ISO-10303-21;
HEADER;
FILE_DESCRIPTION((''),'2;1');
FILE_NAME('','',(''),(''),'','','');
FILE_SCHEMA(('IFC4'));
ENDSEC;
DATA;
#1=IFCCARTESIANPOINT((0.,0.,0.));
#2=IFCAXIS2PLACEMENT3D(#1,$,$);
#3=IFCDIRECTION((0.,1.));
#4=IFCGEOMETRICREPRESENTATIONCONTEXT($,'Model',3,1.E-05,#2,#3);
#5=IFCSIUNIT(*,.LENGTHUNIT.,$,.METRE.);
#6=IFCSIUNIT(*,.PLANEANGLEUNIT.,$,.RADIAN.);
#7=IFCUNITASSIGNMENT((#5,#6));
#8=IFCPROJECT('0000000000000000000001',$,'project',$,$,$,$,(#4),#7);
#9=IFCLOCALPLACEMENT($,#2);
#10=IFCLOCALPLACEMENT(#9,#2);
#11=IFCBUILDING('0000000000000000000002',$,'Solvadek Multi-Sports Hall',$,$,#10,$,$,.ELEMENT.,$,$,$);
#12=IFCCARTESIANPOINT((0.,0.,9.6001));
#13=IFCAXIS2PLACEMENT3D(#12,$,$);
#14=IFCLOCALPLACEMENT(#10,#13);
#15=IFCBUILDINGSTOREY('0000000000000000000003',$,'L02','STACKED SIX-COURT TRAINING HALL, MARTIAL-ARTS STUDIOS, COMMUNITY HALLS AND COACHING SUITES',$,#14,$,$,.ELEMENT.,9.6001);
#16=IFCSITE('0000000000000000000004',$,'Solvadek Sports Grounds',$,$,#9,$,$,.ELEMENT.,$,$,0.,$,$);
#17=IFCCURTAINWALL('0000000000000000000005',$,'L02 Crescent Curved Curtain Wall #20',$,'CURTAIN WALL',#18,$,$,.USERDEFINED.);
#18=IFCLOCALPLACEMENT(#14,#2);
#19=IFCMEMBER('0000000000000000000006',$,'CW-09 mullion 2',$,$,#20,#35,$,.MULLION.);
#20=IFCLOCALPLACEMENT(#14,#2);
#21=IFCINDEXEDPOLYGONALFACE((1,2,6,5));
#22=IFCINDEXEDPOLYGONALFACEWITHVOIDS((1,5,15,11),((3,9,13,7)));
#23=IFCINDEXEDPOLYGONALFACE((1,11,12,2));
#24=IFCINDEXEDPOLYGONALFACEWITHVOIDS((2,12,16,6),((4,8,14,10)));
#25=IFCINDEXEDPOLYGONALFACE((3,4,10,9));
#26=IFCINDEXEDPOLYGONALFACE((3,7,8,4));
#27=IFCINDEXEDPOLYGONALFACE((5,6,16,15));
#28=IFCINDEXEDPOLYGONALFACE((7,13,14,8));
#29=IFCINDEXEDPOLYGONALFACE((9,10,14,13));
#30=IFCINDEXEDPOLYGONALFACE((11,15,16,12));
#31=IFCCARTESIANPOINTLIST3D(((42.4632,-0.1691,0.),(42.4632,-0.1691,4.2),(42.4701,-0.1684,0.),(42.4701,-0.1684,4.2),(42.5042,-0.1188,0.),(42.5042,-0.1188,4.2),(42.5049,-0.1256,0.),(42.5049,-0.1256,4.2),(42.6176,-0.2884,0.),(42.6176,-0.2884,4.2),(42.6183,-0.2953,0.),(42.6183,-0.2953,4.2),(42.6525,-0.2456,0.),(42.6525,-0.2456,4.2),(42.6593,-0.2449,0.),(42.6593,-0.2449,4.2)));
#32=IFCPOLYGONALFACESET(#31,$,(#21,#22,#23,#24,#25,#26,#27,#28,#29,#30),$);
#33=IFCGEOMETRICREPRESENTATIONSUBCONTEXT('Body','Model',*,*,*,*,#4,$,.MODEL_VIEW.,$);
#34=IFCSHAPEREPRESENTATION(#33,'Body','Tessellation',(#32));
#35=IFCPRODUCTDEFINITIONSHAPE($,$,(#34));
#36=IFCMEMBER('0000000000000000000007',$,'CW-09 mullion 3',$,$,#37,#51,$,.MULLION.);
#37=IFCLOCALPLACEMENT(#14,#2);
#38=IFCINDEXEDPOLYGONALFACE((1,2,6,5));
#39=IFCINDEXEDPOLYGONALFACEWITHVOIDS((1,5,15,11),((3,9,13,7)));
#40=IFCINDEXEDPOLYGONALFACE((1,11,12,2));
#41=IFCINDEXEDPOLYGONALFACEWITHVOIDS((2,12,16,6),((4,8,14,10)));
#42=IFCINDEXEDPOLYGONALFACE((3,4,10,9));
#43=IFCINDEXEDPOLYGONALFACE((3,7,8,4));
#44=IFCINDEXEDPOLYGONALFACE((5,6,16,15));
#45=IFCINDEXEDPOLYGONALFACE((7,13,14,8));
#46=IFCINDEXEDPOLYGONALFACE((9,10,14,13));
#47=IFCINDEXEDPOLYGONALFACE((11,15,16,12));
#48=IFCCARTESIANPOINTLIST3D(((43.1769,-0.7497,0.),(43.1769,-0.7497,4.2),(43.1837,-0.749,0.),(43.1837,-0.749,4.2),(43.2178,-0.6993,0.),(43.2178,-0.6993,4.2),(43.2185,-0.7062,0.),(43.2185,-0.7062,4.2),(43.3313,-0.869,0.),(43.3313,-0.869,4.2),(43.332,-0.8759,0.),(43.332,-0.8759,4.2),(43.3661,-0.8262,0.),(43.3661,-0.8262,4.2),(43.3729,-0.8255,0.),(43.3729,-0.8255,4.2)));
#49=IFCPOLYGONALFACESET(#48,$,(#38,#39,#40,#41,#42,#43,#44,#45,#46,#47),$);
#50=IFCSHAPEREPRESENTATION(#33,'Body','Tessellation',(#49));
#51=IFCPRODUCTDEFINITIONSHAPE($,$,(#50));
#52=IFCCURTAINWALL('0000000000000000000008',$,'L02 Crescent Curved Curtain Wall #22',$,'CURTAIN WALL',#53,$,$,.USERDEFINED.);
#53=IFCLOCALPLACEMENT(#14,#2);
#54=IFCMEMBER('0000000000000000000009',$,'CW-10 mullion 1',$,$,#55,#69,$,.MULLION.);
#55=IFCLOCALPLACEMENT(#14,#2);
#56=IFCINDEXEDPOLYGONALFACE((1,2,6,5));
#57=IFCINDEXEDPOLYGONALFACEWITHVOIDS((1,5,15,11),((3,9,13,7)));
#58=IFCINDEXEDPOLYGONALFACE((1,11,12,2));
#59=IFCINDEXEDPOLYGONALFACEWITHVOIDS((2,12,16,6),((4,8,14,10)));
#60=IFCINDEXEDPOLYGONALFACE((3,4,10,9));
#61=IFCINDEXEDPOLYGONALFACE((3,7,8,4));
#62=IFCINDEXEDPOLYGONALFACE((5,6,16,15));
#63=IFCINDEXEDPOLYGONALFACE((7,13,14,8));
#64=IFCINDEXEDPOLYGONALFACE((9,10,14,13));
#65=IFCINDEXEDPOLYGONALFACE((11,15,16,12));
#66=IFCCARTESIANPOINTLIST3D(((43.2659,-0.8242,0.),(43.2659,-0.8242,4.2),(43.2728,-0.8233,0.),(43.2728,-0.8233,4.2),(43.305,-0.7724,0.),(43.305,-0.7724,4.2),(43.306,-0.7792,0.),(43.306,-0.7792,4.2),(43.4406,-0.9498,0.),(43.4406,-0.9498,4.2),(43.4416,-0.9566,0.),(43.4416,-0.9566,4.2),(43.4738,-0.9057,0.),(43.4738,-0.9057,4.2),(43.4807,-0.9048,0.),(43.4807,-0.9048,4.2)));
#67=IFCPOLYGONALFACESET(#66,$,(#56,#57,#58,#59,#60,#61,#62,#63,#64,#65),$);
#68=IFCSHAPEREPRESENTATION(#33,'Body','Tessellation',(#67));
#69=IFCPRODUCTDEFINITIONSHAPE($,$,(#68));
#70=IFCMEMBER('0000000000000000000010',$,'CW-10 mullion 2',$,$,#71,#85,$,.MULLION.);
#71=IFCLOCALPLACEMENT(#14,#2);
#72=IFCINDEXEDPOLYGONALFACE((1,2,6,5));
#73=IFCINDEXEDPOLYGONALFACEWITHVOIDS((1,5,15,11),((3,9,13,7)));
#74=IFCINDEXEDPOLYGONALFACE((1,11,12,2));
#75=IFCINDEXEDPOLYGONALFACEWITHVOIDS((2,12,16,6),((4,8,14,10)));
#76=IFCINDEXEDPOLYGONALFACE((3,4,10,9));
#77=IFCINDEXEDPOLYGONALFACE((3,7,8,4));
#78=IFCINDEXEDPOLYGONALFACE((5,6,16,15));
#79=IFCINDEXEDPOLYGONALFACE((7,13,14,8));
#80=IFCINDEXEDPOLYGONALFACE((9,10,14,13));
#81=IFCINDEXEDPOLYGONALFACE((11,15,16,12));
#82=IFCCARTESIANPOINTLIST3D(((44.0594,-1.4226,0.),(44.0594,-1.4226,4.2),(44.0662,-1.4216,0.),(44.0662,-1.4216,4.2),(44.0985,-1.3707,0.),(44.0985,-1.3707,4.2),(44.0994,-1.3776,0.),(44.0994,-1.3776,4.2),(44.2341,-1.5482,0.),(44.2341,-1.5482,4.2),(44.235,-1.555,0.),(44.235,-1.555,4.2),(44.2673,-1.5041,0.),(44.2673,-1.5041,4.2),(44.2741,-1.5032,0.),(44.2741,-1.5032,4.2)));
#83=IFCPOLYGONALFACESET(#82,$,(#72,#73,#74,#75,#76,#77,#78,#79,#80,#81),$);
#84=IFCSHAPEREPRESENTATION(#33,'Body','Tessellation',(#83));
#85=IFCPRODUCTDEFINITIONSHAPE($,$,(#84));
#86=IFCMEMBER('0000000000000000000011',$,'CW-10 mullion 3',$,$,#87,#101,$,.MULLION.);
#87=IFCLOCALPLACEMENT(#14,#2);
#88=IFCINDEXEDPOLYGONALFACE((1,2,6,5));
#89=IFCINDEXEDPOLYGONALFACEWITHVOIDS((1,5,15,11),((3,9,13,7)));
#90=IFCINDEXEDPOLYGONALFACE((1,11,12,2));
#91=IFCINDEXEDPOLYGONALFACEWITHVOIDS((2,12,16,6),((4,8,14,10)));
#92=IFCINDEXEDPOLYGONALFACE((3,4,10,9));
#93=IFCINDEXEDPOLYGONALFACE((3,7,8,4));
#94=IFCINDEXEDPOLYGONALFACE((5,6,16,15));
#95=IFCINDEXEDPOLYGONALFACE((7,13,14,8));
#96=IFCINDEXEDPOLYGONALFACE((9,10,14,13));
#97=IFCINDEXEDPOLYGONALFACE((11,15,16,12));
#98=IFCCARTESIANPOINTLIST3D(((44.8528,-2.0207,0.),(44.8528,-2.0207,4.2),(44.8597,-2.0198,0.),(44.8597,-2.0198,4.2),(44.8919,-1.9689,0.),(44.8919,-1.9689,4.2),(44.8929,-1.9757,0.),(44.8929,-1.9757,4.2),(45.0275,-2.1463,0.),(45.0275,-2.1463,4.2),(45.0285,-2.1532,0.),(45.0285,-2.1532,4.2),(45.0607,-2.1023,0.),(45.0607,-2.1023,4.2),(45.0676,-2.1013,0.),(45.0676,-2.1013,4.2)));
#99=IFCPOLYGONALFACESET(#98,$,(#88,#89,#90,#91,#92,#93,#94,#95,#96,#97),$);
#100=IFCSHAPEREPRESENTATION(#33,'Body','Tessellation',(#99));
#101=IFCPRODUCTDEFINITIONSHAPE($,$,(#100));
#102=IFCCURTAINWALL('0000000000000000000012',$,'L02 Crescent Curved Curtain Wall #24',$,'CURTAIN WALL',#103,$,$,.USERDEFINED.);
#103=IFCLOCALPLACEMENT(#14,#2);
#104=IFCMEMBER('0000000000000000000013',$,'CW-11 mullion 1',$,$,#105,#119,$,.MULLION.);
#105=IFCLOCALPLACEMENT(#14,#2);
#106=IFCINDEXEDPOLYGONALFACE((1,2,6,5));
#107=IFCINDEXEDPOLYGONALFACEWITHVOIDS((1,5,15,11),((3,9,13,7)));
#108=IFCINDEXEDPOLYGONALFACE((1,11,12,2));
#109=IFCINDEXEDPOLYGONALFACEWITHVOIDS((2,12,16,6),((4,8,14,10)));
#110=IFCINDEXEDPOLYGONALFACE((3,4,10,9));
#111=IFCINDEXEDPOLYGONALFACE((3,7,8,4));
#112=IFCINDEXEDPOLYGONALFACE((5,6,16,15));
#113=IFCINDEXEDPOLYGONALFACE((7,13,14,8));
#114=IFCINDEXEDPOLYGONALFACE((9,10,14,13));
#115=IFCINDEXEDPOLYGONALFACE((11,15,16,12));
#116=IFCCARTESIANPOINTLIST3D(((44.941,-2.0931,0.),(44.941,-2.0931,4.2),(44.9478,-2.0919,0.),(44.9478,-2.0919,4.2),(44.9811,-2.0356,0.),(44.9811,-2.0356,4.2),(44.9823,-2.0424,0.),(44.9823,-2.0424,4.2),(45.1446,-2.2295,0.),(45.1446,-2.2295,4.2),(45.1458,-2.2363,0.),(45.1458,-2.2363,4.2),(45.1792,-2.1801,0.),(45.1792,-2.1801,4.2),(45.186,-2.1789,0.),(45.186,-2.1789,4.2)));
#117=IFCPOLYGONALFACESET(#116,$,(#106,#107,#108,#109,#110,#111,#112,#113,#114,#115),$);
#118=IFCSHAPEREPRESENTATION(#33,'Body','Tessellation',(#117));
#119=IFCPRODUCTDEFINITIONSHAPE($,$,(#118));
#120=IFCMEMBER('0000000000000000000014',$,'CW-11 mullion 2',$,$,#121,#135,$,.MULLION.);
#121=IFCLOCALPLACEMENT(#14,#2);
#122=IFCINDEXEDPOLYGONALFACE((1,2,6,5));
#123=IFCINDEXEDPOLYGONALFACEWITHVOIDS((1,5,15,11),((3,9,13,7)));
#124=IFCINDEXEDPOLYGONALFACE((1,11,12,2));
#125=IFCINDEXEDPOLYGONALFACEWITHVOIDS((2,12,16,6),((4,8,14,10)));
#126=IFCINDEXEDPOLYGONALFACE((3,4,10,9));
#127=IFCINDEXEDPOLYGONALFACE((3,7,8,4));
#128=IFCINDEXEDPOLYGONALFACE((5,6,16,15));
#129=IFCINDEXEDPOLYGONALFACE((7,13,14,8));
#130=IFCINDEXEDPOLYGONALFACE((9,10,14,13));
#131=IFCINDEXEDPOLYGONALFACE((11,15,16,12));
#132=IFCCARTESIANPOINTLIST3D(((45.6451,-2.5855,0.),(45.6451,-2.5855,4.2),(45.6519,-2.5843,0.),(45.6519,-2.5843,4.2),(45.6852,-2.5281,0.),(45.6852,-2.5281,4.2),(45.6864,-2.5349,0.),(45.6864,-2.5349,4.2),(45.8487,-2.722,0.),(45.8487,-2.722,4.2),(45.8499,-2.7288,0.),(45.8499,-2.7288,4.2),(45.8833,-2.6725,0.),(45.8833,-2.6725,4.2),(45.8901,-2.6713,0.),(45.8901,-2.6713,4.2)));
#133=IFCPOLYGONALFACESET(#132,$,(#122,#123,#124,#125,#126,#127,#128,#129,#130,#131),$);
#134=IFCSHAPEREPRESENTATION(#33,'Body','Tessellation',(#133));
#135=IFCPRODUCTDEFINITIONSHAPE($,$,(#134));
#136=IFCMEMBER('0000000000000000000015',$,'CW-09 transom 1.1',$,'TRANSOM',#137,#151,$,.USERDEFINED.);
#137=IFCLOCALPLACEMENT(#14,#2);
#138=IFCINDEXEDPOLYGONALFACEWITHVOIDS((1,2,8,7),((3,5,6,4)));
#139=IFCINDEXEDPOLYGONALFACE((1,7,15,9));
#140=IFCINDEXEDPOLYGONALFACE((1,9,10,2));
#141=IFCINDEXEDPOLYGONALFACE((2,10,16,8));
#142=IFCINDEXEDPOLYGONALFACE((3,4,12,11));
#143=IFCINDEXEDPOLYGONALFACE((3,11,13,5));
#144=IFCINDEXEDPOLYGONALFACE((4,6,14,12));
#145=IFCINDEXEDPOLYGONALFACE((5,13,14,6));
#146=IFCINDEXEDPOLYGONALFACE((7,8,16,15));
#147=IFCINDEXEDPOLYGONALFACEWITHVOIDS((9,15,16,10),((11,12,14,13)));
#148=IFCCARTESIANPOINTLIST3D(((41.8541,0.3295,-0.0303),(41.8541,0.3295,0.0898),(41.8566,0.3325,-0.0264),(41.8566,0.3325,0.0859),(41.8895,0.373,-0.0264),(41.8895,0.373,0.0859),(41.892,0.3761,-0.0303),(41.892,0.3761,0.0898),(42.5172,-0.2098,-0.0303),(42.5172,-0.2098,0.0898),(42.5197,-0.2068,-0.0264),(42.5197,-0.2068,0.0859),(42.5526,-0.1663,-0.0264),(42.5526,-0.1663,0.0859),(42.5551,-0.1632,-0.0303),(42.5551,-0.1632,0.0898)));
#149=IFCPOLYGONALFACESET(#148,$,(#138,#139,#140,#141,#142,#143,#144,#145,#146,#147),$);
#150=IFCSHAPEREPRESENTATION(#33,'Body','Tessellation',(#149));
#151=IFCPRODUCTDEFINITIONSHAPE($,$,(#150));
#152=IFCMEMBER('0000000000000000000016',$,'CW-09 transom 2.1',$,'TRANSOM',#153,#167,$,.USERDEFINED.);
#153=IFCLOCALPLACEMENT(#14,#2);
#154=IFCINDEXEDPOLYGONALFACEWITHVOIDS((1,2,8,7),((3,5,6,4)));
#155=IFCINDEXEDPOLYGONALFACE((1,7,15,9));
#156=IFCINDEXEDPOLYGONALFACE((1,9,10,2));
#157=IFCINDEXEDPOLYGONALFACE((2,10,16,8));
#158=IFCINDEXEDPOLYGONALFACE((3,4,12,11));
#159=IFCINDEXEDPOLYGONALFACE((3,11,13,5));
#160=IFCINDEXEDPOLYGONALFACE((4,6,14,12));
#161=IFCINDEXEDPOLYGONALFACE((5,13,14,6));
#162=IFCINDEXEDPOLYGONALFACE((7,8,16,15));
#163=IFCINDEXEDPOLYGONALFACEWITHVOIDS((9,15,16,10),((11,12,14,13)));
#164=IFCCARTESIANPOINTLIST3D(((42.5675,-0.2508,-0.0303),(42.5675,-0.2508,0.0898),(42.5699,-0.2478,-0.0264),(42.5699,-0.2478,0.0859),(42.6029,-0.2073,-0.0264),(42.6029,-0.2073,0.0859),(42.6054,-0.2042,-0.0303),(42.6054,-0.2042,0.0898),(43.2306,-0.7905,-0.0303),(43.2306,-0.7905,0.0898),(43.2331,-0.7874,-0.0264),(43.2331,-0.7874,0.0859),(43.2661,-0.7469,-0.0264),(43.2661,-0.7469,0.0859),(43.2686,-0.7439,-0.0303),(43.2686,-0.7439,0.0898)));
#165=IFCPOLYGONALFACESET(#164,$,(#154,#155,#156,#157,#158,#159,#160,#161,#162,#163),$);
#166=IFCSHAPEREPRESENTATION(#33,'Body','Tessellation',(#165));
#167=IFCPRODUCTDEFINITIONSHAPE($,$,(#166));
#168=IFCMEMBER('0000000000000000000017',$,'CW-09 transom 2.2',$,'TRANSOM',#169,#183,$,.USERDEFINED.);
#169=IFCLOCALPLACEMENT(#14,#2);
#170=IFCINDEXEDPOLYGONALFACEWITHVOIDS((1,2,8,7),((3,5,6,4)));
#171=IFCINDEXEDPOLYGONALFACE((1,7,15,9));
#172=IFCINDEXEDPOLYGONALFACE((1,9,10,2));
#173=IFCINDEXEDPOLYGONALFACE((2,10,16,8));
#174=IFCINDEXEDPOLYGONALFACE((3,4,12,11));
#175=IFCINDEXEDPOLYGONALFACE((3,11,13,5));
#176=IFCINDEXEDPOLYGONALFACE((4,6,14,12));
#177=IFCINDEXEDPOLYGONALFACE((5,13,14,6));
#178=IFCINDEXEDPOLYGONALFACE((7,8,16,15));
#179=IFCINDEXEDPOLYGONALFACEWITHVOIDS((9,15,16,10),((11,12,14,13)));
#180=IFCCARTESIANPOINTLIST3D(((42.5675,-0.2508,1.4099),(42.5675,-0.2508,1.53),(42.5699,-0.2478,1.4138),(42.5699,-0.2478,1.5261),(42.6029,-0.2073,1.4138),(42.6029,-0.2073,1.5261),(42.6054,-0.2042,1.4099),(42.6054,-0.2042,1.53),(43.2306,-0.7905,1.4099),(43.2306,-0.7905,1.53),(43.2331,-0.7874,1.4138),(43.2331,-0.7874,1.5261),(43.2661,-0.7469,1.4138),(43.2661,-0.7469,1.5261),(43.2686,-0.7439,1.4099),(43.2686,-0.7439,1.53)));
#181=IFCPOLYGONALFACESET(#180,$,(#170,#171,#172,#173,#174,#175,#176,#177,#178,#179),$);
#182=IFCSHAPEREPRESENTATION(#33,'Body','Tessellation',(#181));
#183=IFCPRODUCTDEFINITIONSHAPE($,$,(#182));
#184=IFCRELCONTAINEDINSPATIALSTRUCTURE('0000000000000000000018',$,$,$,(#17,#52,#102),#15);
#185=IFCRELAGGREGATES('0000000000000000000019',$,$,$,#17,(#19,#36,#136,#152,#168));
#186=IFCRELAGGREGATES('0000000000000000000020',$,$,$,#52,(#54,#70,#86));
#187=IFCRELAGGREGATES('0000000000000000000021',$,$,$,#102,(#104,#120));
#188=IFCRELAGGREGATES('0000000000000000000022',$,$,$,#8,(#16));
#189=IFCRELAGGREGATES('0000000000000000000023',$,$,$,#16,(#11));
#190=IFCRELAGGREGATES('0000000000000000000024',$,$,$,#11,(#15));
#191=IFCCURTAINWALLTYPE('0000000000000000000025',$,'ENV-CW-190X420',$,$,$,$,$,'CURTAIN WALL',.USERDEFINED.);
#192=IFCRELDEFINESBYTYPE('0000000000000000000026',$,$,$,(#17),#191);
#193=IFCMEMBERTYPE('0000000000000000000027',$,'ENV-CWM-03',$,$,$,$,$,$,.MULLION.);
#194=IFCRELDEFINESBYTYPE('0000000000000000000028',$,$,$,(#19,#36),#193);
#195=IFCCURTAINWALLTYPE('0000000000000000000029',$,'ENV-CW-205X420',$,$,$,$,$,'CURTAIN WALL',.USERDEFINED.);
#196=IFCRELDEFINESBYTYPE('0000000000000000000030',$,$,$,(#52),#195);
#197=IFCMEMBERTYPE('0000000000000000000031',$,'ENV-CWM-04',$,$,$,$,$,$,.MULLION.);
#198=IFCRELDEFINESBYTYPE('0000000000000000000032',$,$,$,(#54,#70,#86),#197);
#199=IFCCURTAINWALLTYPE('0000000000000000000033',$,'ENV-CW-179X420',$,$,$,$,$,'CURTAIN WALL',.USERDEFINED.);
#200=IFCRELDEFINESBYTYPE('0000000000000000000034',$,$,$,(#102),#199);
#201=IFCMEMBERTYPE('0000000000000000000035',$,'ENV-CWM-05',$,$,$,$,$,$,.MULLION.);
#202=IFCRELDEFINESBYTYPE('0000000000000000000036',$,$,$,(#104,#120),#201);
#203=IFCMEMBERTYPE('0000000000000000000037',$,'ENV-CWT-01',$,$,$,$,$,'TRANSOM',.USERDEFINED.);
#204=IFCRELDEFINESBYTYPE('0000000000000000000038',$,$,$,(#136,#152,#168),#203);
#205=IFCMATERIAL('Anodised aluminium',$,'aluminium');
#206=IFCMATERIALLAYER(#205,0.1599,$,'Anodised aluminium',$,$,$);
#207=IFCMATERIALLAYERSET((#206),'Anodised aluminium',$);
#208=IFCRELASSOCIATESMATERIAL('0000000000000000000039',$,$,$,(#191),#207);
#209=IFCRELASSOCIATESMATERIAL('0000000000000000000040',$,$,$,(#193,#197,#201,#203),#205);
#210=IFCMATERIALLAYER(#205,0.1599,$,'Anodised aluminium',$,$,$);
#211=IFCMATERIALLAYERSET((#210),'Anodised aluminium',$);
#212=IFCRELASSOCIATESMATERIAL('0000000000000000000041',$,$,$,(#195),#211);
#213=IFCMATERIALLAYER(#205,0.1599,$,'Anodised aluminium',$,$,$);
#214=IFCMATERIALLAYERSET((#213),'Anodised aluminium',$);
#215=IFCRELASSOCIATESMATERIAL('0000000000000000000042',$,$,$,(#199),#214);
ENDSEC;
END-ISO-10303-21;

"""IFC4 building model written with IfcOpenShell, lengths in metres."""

from ifc_helpers import new_model, si_unit, direction, frame, origin, origin_2d, place, context, subcontext, project, spatial, hollow_rectangle, extrude, material, layer, layer_set, material_profile, profile_set, type_object, element, aggregate, save


model = new_model("IFC4")

# Units and contexts
model_context = context("Model", 3, precision=1e-05, world=origin(), true_north=direction((0.0, 1.0)))
body_context = subcontext(model_context, "Body", "Model", "MODEL_VIEW")
ifc_project = project(units=[si_unit("LENGTHUNIT", "METRE"), si_unit("PLANEANGLEUNIT", "RADIAN")], contexts=[model_context])

# Site, building, storey
site_placement = place(None, origin())
site = spatial("IfcSite", under=ifc_project, at=site_placement, Name="Solvadek Sports Grounds", CompositionType="ELEMENT", RefElevation=0.0)
building_placement = place(site_placement, origin())
building = spatial("IfcBuilding", under=site, at=building_placement, Name="Solvadek Multi-Sports Hall", CompositionType="ELEMENT")
storey_placement = place(building_placement, frame((0.0, 0.0, 9.6001)))
storey = spatial("IfcBuildingStorey", under=building, at=storey_placement, Name="L02", Description="STACKED SIX-COURT TRAINING HALL, MARTIAL-ARTS STUDIOS, COMMUNITY HALLS AND COACHING SUITES", CompositionType="ELEMENT", Elevation=9.6001)

# Curtain walls, members
ifc_material_1 = material(Name="Anodised aluminium", Category="aluminium")
ifc_layer_1 = layer(ifc_material_1, 0.1599, Name="Anodised aluminium")
ifc_layer_set_1 = layer_set([ifc_layer_1], Name="Anodised aluminium")
curtain_wall_type_1 = type_object("IfcCurtainWallType", Name="ENV-CW-190X420", ElementType="CURTAIN WALL", PredefinedType="USERDEFINED", material=ifc_layer_set_1)
curtain_wall_1_placement = place(storey_placement, origin())
curtain_wall_1 = element("IfcCurtainWall", 1, at=curtain_wall_1_placement, inside=storey, type_object=curtain_wall_type_1, Name="L02 Crescent Curved Curtain Wall #20", ObjectType="CURTAIN WALL", PredefinedType="USERDEFINED")
ifc_material_profile_1 = material_profile(ifc_material_1, hollow_rectangle(XDim=0.0649, YDim=0.2, WallThickness=0.0049, at=origin_2d()), Name="ALU-M 200x65x5")
ifc_profile_set_1 = profile_set([ifc_material_profile_1], Name="Anodised aluminium")
member_type_1 = type_object("IfcMemberType", Name="ENV-CWM-03", PredefinedType="MULLION", material=ifc_profile_set_1)
member_1_placement = place(storey_placement, frame((42.5613, -0.207, 0.0), z_axis=(0.0, 0.0, 1.0), x_axis=(0.631071, 0.775725, 0.0)))
member_1 = element("IfcMember", 2, at=member_1_placement, type_object=member_type_1, Name="CW-09 mullion 2", PredefinedType="MULLION", context=body_context, shape_type="SweptSolid", body=[
    extrude(hollow_rectangle(XDim=0.0649, YDim=0.2, WallThickness=0.0049, at=origin_2d()), origin(), (0.0, 0.0, 1.0), 4.2),
])
member_2_placement = place(storey_placement, frame((43.2749, -0.7876, 0.0), z_axis=(0.0, 0.0, 1.0), x_axis=(0.631071, 0.775725, 0.0)))
member_2 = element("IfcMember", 3, at=member_2_placement, type_object=member_type_1, Name="CW-09 mullion 3", PredefinedType="MULLION", context=body_context, shape_type="SweptSolid", body=[
    extrude(hollow_rectangle(XDim=0.0649, YDim=0.2, WallThickness=0.0049, at=origin_2d()), origin(), (0.0, 0.0, 1.0), 4.2),
])
ifc_layer_2 = layer(ifc_material_1, 0.1599, Name="Anodised aluminium")
ifc_layer_set_2 = layer_set([ifc_layer_2], Name="Anodised aluminium")
curtain_wall_type_2 = type_object("IfcCurtainWallType", Name="ENV-CW-205X420", ElementType="CURTAIN WALL", PredefinedType="USERDEFINED", material=ifc_layer_set_2)
curtain_wall_2_placement = place(storey_placement, origin())
curtain_wall_2 = element("IfcCurtainWall", 4, at=curtain_wall_2_placement, inside=storey, type_object=curtain_wall_type_2, Name="L02 Crescent Curved Curtain Wall #22", ObjectType="CURTAIN WALL", PredefinedType="USERDEFINED")
ifc_material_profile_2 = material_profile(ifc_material_1, hollow_rectangle(XDim=0.0649, YDim=0.22, WallThickness=0.0049, at=origin_2d()), Name="ALU-M 220x65x5")
ifc_profile_set_2 = profile_set([ifc_material_profile_2], Name="Anodised aluminium")
member_type_2 = type_object("IfcMemberType", Name="ENV-CWM-04", PredefinedType="MULLION", material=ifc_profile_set_2)
member_3_placement = place(storey_placement, frame((43.3733, -0.8645, 0.0), z_axis=(0.0, 0.0, 1.0), x_axis=(0.602025, 0.798477, 0.0)))
member_3 = element("IfcMember", 5, at=member_3_placement, type_object=member_type_2, Name="CW-10 mullion 1", PredefinedType="MULLION", context=body_context, shape_type="SweptSolid", body=[
    extrude(hollow_rectangle(XDim=0.0649, YDim=0.22, WallThickness=0.0049, at=origin_2d()), origin(), (0.0, 0.0, 1.0), 4.2),
])
member_4_placement = place(storey_placement, frame((44.1667, -1.4629, 0.0), z_axis=(0.0, 0.0, 1.0), x_axis=(0.602025, 0.798477, 0.0)))
member_4 = element("IfcMember", 6, at=member_4_placement, type_object=member_type_2, Name="CW-10 mullion 2", PredefinedType="MULLION", context=body_context, shape_type="SweptSolid", body=[
    extrude(hollow_rectangle(XDim=0.0649, YDim=0.22, WallThickness=0.0049, at=origin_2d()), origin(), (0.0, 0.0, 1.0), 4.2),
])
member_5_placement = place(storey_placement, frame((44.9602, -2.061, 0.0), z_axis=(0.0, 0.0, 1.0), x_axis=(0.602025, 0.798477, 0.0)))
member_5 = element("IfcMember", 7, at=member_5_placement, type_object=member_type_2, Name="CW-10 mullion 3", PredefinedType="MULLION", context=body_context, shape_type="SweptSolid", body=[
    extrude(hollow_rectangle(XDim=0.0649, YDim=0.22, WallThickness=0.0049, at=origin_2d()), origin(), (0.0, 0.0, 1.0), 4.2),
])
ifc_layer_3 = layer(ifc_material_1, 0.1599, Name="Anodised aluminium")
ifc_layer_set_3 = layer_set([ifc_layer_3], Name="Anodised aluminium")
curtain_wall_type_3 = type_object("IfcCurtainWallType", Name="ENV-CW-179X420", ElementType="CURTAIN WALL", PredefinedType="USERDEFINED", material=ifc_layer_set_3)
curtain_wall_3_placement = place(storey_placement, origin())
curtain_wall_3 = element("IfcCurtainWall", 8, at=curtain_wall_3_placement, inside=storey, type_object=curtain_wall_type_3, Name="L02 Crescent Curved Curtain Wall #24", ObjectType="CURTAIN WALL", PredefinedType="USERDEFINED")
ifc_material_profile_3 = material_profile(ifc_material_1, hollow_rectangle(XDim=0.0701, YDim=0.25, WallThickness=0.0049, at=origin_2d()), Name="ALU-M 250x70x5")
ifc_profile_set_3 = profile_set([ifc_material_profile_3], Name="Anodised aluminium")
member_type_3 = type_object("IfcMemberType", Name="ENV-CWM-05", PredefinedType="MULLION", material=ifc_profile_set_3)
member_6_placement = place(storey_placement, frame((45.0635, -2.136, 0.0), z_axis=(0.0, 0.0, 1.0), x_axis=(0.57308, 0.8195, 0.0)))
member_6 = element("IfcMember", 9, at=member_6_placement, type_object=member_type_3, Name="CW-11 mullion 1", PredefinedType="MULLION", context=body_context, shape_type="SweptSolid", body=[
    extrude(hollow_rectangle(XDim=0.0701, YDim=0.25, WallThickness=0.0049, at=origin_2d()), origin(), (0.0, 0.0, 1.0), 4.2),
])
member_7_placement = place(storey_placement, frame((45.7676, -2.6284, 0.0), z_axis=(0.0, 0.0, 1.0), x_axis=(0.57308, 0.8195, 0.0)))
member_7 = element("IfcMember", 10, at=member_7_placement, type_object=member_type_3, Name="CW-11 mullion 2", PredefinedType="MULLION", context=body_context, shape_type="SweptSolid", body=[
    extrude(hollow_rectangle(XDim=0.0701, YDim=0.25, WallThickness=0.0049, at=origin_2d()), origin(), (0.0, 0.0, 1.0), 4.2),
])

# Members
ifc_material_profile_4 = material_profile(ifc_material_1, hollow_rectangle(XDim=0.0601, YDim=0.1201, WallThickness=0.0039, at=origin_2d()), Name="ALU-T 120x60x4")
ifc_profile_set_4 = profile_set([ifc_material_profile_4], Name="Anodised aluminium")
member_type_4 = type_object("IfcMemberType", Name="ENV-CWT-01", ElementType="TRANSOM", PredefinedType="USERDEFINED", material=ifc_profile_set_4)
member_8_placement = place(storey_placement, frame((41.873, 0.3528, 0.0298), z_axis=(0.775799, -0.63098, 0.0), x_axis=(0.63098, 0.775799, 0.0)))
member_8 = element("IfcMember", 11, at=member_8_placement, type_object=member_type_4, Name="CW-09 transom 1.1", ObjectType="TRANSOM", PredefinedType="USERDEFINED", context=body_context, shape_type="SweptSolid", body=[
    extrude(hollow_rectangle(XDim=0.0601, YDim=0.1201, WallThickness=0.0039, at=origin_2d()), origin(), (0.0, 0.0, 1.0), 0.8547),
])
member_9_placement = place(storey_placement, frame((42.5864, -0.2275, 0.0298), z_axis=(0.77566, -0.631152, 0.0), x_axis=(0.631152, 0.77566, 0.0)))
member_9 = element("IfcMember", 12, at=member_9_placement, type_object=member_type_4, Name="CW-09 transom 2.1", ObjectType="TRANSOM", PredefinedType="USERDEFINED", context=body_context, shape_type="SweptSolid", body=[
    extrude(hollow_rectangle(XDim=0.0601, YDim=0.1201, WallThickness=0.0039, at=origin_2d()), origin(), (0.0, 0.0, 1.0), 0.855),
])
member_10_placement = place(storey_placement, frame((42.5864, -0.2275, 1.47), z_axis=(0.77566, -0.631152, 0.0), x_axis=(0.631152, 0.77566, 0.0)))
member_10 = element("IfcMember", 13, at=member_10_placement, type_object=member_type_4, Name="CW-09 transom 2.2", ObjectType="TRANSOM", PredefinedType="USERDEFINED", context=body_context, shape_type="SweptSolid", body=[
    extrude(hollow_rectangle(XDim=0.0601, YDim=0.1201, WallThickness=0.0039, at=origin_2d()), origin(), (0.0, 0.0, 1.0), 0.855),
])

aggregate(curtain_wall_1, [member_1, member_2, member_8, member_9, member_10])
aggregate(curtain_wall_2, [member_3, member_4, member_5])
aggregate(curtain_wall_3, [member_6, member_7])

save(model, "model.ifc")
